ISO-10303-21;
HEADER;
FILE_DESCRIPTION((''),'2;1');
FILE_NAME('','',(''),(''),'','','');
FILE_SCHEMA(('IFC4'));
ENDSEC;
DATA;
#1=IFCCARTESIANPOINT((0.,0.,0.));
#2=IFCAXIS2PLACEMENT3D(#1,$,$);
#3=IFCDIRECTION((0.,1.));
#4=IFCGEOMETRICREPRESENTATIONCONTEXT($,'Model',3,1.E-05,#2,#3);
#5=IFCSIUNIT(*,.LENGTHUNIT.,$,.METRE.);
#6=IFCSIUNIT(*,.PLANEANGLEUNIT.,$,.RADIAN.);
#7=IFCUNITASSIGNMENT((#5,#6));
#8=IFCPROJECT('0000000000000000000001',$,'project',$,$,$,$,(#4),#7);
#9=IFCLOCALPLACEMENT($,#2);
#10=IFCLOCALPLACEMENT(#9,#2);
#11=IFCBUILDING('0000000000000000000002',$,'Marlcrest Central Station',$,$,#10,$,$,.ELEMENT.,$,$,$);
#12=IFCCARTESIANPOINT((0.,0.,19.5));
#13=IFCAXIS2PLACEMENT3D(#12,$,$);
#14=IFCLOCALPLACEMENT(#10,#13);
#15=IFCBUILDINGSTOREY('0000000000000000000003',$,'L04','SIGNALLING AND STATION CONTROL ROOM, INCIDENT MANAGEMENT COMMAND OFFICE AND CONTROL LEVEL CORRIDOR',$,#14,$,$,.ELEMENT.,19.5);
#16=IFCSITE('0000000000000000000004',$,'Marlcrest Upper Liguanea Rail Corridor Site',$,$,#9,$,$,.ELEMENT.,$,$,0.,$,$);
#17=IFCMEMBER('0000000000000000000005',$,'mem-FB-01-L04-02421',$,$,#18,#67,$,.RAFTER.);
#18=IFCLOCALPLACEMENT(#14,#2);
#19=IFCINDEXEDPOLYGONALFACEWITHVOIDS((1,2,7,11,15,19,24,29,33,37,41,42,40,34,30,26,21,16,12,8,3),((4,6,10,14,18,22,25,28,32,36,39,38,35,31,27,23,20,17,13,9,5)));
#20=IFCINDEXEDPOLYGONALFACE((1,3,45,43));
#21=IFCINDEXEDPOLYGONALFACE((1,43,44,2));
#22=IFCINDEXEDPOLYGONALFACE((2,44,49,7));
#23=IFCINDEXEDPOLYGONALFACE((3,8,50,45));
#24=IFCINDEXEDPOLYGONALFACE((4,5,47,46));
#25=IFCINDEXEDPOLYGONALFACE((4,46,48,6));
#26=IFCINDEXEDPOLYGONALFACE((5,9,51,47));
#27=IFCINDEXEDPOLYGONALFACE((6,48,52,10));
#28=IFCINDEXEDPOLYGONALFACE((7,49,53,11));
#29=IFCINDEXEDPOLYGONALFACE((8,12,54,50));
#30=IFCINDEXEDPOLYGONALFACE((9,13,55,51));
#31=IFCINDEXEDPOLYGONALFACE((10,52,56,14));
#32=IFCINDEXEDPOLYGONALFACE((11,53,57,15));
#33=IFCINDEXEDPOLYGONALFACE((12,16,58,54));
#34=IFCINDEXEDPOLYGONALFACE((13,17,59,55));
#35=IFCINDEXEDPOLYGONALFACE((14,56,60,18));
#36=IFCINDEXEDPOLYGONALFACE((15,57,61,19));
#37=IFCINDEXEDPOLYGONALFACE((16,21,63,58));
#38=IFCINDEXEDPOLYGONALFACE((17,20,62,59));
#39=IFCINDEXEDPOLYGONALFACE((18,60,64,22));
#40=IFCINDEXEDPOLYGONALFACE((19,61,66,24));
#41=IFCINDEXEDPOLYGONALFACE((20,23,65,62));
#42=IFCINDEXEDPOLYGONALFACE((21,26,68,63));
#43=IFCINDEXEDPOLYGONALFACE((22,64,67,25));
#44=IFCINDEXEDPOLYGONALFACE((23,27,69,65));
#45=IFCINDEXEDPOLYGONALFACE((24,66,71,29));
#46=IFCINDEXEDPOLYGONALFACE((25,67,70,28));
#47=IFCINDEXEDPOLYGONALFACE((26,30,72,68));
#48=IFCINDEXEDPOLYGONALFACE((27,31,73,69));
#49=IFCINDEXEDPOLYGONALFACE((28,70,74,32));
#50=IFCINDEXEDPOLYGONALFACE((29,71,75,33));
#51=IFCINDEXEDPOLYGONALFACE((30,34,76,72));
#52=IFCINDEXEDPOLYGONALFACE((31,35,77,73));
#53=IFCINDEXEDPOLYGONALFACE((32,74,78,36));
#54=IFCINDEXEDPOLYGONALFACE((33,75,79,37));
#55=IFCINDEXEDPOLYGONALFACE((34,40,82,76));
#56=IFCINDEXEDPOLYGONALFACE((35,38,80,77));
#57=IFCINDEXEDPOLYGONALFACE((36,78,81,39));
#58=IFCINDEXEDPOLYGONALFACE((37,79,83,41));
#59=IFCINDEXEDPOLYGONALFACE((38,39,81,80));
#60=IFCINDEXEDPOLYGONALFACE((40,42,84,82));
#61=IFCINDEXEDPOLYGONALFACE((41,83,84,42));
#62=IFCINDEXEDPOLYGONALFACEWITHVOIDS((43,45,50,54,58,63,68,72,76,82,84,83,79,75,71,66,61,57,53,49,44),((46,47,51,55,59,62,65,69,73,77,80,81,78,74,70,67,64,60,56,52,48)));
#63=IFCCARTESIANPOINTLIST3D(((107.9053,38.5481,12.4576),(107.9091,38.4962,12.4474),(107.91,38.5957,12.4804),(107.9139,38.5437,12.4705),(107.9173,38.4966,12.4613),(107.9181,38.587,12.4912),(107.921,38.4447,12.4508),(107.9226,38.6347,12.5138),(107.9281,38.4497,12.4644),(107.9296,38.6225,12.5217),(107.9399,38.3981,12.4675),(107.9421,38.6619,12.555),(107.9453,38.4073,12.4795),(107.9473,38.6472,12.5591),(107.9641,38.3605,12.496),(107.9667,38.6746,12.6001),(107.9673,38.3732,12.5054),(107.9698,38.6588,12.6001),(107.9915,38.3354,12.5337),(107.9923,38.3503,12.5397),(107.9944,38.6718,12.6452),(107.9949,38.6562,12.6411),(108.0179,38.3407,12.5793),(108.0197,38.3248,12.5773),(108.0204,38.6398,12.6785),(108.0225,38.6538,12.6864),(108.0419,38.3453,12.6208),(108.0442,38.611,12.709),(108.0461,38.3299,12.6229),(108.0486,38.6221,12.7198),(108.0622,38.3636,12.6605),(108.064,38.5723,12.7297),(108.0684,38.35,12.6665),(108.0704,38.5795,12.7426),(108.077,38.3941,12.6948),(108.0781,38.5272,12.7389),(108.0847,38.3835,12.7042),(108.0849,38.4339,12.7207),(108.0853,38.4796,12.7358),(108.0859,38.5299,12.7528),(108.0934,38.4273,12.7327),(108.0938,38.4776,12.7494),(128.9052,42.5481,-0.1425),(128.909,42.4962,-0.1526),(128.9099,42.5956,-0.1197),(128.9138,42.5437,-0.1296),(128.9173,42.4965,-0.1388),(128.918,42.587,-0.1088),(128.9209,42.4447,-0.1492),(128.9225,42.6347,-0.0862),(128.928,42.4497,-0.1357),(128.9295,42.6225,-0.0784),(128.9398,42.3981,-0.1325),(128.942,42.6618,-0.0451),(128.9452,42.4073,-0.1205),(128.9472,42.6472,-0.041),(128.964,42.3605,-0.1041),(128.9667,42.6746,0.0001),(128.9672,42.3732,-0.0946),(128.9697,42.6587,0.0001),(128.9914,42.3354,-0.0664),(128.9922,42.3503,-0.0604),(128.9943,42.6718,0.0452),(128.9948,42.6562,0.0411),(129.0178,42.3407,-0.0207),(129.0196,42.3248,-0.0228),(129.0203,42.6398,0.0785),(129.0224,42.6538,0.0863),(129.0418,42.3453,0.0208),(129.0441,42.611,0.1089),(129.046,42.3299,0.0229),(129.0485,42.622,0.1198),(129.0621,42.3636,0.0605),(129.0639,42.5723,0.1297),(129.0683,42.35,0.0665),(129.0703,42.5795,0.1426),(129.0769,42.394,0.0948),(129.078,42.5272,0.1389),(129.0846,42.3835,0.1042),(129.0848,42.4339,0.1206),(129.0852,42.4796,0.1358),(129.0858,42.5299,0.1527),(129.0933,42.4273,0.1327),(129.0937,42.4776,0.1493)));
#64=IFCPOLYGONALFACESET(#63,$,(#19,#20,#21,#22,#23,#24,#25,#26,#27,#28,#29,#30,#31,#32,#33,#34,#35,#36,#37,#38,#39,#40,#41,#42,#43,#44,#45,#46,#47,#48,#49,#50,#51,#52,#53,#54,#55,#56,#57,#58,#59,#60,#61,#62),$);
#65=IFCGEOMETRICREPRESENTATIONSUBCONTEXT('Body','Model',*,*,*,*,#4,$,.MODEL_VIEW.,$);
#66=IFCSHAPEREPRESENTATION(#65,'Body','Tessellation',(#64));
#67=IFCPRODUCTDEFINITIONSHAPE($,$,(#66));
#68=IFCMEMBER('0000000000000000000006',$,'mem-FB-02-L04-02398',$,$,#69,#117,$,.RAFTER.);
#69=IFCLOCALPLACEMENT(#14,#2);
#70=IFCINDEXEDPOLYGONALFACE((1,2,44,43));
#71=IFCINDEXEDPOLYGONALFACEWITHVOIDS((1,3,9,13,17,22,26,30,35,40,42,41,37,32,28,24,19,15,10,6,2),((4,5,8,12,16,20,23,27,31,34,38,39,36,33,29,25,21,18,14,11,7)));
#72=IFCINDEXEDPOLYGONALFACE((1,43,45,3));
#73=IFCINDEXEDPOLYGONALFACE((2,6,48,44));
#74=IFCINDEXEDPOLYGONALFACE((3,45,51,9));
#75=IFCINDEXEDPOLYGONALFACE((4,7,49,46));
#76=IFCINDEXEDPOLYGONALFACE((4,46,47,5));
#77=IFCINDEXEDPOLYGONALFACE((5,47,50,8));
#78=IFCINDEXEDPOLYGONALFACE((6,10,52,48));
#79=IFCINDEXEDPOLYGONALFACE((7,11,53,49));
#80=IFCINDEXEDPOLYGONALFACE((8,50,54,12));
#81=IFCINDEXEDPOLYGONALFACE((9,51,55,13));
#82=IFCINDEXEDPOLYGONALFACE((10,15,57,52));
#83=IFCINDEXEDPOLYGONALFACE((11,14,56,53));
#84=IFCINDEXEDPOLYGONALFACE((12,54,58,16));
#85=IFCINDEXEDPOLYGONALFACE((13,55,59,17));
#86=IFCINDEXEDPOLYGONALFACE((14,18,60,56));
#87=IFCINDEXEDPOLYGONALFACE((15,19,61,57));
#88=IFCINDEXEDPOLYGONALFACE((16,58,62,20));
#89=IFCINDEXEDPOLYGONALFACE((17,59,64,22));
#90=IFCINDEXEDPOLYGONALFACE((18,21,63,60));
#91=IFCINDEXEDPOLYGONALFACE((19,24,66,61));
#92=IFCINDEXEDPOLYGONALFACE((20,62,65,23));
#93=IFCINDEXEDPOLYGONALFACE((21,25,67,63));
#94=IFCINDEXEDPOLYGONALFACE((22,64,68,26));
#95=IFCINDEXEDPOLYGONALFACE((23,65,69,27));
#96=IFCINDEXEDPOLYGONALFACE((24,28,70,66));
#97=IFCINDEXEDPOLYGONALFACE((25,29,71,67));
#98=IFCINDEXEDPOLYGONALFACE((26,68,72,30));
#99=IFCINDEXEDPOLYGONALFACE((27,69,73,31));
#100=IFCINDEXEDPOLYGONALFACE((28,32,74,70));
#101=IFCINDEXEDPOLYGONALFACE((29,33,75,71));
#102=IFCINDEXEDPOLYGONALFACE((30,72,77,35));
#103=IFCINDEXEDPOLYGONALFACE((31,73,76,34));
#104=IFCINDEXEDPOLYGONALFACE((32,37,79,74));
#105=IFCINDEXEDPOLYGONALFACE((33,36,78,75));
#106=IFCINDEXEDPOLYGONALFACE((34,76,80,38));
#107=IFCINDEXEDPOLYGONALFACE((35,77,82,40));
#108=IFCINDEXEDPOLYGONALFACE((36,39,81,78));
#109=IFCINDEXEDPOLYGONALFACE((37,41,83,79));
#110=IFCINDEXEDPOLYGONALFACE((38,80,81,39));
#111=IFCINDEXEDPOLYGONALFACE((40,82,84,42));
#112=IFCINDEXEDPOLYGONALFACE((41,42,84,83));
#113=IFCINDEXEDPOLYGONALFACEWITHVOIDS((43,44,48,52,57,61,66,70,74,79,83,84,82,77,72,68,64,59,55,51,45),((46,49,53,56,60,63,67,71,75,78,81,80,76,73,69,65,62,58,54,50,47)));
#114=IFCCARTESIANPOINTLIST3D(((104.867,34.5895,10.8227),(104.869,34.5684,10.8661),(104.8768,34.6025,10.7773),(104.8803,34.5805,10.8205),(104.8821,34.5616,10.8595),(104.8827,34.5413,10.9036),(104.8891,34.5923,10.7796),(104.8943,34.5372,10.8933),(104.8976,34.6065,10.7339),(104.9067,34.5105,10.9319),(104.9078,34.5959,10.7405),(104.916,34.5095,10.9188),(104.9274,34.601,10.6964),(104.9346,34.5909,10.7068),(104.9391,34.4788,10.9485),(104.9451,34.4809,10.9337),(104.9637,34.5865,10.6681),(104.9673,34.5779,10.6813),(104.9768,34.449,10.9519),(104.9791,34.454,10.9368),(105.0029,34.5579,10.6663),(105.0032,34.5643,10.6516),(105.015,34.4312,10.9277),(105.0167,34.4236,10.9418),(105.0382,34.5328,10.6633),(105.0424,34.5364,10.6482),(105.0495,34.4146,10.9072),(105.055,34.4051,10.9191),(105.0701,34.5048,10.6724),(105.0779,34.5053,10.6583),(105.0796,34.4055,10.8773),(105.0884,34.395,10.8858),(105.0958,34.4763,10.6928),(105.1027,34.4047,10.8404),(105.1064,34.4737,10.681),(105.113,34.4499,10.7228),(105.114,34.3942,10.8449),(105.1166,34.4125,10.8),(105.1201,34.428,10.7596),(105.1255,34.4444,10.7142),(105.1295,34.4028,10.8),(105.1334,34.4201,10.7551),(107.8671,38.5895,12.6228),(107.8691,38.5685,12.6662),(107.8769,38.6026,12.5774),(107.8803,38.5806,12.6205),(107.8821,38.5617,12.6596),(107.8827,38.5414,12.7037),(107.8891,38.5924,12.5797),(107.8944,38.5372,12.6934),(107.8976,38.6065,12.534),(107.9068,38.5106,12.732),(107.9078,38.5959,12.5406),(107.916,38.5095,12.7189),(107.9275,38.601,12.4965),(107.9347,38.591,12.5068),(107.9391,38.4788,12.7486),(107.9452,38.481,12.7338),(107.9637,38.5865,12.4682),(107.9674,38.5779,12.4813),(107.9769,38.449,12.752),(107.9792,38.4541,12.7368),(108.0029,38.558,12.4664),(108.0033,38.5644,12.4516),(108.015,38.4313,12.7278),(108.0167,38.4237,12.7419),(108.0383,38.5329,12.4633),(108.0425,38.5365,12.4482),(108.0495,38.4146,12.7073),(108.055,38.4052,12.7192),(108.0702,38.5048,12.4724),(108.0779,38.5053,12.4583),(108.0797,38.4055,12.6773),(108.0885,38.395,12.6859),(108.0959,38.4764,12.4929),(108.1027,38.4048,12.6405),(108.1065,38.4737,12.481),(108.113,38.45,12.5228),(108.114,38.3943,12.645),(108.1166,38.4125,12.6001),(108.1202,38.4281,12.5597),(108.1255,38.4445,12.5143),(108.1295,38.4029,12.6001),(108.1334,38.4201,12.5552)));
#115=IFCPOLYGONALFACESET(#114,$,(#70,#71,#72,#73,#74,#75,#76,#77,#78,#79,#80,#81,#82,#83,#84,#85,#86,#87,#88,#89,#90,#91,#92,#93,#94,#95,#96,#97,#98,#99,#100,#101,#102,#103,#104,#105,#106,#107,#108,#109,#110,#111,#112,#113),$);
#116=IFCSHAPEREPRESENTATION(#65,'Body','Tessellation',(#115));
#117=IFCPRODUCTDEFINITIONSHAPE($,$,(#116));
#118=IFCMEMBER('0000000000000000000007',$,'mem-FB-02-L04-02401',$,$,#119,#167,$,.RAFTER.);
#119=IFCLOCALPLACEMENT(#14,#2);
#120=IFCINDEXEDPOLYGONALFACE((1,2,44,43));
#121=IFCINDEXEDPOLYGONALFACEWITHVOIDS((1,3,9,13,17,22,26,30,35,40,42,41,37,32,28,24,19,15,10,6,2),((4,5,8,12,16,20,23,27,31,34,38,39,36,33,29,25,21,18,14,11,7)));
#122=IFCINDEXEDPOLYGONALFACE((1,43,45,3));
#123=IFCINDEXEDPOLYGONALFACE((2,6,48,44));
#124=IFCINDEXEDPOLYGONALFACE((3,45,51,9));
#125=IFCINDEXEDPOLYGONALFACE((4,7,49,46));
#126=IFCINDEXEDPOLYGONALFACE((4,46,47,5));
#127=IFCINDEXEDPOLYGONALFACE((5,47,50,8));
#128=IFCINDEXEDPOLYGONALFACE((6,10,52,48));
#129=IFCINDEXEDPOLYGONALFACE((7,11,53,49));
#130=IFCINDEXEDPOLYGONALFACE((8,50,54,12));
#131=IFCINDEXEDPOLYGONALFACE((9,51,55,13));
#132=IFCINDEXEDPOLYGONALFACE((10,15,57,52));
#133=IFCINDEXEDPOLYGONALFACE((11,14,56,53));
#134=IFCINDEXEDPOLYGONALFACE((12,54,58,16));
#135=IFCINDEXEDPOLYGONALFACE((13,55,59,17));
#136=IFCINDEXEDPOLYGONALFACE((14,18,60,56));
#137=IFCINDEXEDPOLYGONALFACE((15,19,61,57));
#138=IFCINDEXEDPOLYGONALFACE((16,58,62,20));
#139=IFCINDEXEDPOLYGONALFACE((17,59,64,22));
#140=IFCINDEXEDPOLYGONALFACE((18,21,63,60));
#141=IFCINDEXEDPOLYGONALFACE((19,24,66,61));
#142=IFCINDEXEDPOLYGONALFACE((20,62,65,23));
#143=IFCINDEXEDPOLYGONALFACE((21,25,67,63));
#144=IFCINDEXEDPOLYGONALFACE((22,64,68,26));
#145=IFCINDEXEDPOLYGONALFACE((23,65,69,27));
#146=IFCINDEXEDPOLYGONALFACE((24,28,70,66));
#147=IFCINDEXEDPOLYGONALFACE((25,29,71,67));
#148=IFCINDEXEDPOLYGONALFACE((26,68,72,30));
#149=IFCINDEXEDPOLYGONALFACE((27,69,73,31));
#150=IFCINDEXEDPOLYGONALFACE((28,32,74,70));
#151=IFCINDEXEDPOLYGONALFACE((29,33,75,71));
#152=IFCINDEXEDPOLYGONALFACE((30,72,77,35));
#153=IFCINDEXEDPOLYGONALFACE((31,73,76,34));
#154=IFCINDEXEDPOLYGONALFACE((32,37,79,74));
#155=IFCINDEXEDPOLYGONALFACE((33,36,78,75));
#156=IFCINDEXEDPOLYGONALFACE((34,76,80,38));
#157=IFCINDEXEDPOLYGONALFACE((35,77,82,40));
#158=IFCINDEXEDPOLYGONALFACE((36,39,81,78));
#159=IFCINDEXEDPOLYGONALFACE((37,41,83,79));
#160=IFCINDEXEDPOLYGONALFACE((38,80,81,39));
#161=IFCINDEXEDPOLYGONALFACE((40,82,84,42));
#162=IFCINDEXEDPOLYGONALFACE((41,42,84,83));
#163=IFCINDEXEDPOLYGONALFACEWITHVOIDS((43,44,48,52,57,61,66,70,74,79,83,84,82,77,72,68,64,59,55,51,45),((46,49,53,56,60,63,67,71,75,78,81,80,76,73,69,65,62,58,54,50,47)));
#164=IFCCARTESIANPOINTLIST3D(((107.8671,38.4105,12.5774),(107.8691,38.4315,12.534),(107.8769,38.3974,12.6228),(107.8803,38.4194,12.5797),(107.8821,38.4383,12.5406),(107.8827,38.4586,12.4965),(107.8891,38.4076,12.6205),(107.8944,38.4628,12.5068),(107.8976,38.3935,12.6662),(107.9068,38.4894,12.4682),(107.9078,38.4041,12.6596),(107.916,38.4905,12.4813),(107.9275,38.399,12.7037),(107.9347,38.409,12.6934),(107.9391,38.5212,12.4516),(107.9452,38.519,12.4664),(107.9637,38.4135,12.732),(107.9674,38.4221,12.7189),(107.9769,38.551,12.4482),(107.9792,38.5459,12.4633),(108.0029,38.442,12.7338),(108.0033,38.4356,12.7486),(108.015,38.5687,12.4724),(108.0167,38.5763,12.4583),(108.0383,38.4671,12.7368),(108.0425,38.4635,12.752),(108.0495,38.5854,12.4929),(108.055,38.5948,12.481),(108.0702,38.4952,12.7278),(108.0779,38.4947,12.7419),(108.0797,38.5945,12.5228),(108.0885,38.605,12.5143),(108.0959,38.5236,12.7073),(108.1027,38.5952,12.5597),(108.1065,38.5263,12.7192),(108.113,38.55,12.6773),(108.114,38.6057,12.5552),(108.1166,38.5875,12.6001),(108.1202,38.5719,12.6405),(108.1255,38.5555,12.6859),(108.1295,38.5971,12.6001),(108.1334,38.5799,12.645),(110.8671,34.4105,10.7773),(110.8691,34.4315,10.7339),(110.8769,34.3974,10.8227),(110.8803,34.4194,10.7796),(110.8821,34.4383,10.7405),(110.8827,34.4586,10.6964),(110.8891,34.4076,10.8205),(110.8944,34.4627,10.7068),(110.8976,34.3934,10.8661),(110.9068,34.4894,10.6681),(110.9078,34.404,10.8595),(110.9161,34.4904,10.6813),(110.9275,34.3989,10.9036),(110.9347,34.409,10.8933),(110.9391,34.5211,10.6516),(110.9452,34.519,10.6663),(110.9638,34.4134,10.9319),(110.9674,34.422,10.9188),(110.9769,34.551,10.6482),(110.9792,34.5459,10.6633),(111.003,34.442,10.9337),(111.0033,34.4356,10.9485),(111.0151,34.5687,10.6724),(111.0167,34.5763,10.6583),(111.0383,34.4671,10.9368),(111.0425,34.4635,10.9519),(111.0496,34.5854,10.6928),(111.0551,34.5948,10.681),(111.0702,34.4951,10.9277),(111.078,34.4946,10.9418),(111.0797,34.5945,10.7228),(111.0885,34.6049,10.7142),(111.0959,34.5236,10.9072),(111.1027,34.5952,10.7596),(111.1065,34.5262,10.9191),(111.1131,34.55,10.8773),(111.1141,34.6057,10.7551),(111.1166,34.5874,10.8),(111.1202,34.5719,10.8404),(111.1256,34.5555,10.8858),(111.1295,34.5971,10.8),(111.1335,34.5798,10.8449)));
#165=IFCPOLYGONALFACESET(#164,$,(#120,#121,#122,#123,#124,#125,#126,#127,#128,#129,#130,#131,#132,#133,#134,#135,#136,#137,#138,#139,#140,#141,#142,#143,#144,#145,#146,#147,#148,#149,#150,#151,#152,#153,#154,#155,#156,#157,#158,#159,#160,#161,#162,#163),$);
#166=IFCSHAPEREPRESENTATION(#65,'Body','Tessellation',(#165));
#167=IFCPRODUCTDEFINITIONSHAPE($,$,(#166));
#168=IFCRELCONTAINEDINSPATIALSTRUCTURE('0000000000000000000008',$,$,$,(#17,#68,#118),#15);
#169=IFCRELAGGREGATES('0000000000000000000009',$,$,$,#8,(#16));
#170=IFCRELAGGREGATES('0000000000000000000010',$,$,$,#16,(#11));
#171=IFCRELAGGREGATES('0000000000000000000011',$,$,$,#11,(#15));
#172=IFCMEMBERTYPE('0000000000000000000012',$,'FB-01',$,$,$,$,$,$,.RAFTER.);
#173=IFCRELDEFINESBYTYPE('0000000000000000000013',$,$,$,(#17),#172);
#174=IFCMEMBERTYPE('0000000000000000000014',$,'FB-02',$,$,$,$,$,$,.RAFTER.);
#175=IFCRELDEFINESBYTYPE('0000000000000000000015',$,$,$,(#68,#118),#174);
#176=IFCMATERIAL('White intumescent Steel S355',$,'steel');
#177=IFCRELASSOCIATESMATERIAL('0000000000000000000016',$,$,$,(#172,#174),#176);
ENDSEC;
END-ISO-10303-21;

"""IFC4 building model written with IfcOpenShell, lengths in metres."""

from ifc_helpers import new_model, si_unit, direction, frame, origin, origin_2d, place, context, subcontext, project, spatial, hollow_circle, extrude, material, material_profile, profile_set, type_object, element, save


model = new_model("IFC4")

# Units and contexts
model_context = context("Model", 3, precision=1e-05, world=origin(), true_north=direction((0.0, 1.0)))
body_context = subcontext(model_context, "Body", "Model", "MODEL_VIEW")
ifc_project = project(units=[si_unit("LENGTHUNIT", "METRE"), si_unit("PLANEANGLEUNIT", "RADIAN")], contexts=[model_context])

# Site, building, storey
site_placement = place(None, origin())
site = spatial("IfcSite", under=ifc_project, at=site_placement, Name="Marlcrest Upper Liguanea Rail Corridor Site", CompositionType="ELEMENT", RefElevation=0.0)
building_placement = place(site_placement, origin())
building = spatial("IfcBuilding", under=site, at=building_placement, Name="Marlcrest Central Station", CompositionType="ELEMENT")
storey_placement = place(building_placement, frame((0.0, 0.0, 19.5)))
storey = spatial("IfcBuildingStorey", under=building, at=storey_placement, Name="L04", Description="SIGNALLING AND STATION CONTROL ROOM, INCIDENT MANAGEMENT COMMAND OFFICE AND CONTROL LEVEL CORRIDOR", CompositionType="ELEMENT", Elevation=19.5)

# Members
ifc_material_1 = material(Name="White intumescent Steel S355", Category="steel")
ifc_material_profile_1 = material_profile(ifc_material_1, hollow_circle(Radius=0.1777, WallThickness=0.0161, at=origin_2d()), Name="CHS 355.6x16")
ifc_profile_set_1 = profile_set([ifc_material_profile_1], Name="White intumescent Steel S355")
member_type_1 = type_object("IfcMemberType", Name="FB-01", PredefinedType="RAFTER", material=ifc_profile_set_1)
for number, where, z_axis, x_axis, name in (
    (1, (108.0, 38.5, 12.6001), (0.846277, 0.161196, -0.50777), (-0.187112, 0.982339, 0.0), "mem-FB-01-L04-02421"),
):
    element("IfcMember", number, at=place(storey_placement, frame(where, z_axis=z_axis, x_axis=x_axis)), inside=storey, type_object=member_type_1, Name=name, PredefinedType="RAFTER", context=body_context, shape_type="SweptSolid", body=[
        extrude(hollow_circle(Radius=0.1777, WallThickness=0.0161, at=origin_2d()), origin(), (0.0, 0.0, 1.0), 24.8145),
    ])
ifc_material_profile_2 = material_profile(ifc_material_1, hollow_circle(Radius=0.1619, WallThickness=0.0161, at=origin_2d()), Name="CHS 323.9x16")
ifc_profile_set_2 = profile_set([ifc_material_profile_2], Name="White intumescent Steel S355")
member_type_2 = type_object("IfcMemberType", Name="FB-02", PredefinedType="RAFTER", material=ifc_profile_set_2)
for number, where, z_axis, x_axis, name in (
    (2, (108.0, 38.5, 12.6001), (-0.564531, -0.752708, -0.338728), (0.8, -0.6, 0.0), "mem-FB-02-L04-02398"),
    (3, (108.0, 38.5, 12.6001), (0.564531, -0.752708, -0.338728), (0.8, 0.6, 0.0), "mem-FB-02-L04-02401"),
):
    element("IfcMember", number, at=place(storey_placement, frame(where, z_axis=z_axis, x_axis=x_axis)), inside=storey, type_object=member_type_2, Name=name, PredefinedType="RAFTER", context=body_context, shape_type="SweptSolid", body=[
        extrude(hollow_circle(Radius=0.1619, WallThickness=0.0161, at=origin_2d()), origin(), (0.0, 0.0, 1.0), 5.3142),
    ])

save(model, "model.ifc")
